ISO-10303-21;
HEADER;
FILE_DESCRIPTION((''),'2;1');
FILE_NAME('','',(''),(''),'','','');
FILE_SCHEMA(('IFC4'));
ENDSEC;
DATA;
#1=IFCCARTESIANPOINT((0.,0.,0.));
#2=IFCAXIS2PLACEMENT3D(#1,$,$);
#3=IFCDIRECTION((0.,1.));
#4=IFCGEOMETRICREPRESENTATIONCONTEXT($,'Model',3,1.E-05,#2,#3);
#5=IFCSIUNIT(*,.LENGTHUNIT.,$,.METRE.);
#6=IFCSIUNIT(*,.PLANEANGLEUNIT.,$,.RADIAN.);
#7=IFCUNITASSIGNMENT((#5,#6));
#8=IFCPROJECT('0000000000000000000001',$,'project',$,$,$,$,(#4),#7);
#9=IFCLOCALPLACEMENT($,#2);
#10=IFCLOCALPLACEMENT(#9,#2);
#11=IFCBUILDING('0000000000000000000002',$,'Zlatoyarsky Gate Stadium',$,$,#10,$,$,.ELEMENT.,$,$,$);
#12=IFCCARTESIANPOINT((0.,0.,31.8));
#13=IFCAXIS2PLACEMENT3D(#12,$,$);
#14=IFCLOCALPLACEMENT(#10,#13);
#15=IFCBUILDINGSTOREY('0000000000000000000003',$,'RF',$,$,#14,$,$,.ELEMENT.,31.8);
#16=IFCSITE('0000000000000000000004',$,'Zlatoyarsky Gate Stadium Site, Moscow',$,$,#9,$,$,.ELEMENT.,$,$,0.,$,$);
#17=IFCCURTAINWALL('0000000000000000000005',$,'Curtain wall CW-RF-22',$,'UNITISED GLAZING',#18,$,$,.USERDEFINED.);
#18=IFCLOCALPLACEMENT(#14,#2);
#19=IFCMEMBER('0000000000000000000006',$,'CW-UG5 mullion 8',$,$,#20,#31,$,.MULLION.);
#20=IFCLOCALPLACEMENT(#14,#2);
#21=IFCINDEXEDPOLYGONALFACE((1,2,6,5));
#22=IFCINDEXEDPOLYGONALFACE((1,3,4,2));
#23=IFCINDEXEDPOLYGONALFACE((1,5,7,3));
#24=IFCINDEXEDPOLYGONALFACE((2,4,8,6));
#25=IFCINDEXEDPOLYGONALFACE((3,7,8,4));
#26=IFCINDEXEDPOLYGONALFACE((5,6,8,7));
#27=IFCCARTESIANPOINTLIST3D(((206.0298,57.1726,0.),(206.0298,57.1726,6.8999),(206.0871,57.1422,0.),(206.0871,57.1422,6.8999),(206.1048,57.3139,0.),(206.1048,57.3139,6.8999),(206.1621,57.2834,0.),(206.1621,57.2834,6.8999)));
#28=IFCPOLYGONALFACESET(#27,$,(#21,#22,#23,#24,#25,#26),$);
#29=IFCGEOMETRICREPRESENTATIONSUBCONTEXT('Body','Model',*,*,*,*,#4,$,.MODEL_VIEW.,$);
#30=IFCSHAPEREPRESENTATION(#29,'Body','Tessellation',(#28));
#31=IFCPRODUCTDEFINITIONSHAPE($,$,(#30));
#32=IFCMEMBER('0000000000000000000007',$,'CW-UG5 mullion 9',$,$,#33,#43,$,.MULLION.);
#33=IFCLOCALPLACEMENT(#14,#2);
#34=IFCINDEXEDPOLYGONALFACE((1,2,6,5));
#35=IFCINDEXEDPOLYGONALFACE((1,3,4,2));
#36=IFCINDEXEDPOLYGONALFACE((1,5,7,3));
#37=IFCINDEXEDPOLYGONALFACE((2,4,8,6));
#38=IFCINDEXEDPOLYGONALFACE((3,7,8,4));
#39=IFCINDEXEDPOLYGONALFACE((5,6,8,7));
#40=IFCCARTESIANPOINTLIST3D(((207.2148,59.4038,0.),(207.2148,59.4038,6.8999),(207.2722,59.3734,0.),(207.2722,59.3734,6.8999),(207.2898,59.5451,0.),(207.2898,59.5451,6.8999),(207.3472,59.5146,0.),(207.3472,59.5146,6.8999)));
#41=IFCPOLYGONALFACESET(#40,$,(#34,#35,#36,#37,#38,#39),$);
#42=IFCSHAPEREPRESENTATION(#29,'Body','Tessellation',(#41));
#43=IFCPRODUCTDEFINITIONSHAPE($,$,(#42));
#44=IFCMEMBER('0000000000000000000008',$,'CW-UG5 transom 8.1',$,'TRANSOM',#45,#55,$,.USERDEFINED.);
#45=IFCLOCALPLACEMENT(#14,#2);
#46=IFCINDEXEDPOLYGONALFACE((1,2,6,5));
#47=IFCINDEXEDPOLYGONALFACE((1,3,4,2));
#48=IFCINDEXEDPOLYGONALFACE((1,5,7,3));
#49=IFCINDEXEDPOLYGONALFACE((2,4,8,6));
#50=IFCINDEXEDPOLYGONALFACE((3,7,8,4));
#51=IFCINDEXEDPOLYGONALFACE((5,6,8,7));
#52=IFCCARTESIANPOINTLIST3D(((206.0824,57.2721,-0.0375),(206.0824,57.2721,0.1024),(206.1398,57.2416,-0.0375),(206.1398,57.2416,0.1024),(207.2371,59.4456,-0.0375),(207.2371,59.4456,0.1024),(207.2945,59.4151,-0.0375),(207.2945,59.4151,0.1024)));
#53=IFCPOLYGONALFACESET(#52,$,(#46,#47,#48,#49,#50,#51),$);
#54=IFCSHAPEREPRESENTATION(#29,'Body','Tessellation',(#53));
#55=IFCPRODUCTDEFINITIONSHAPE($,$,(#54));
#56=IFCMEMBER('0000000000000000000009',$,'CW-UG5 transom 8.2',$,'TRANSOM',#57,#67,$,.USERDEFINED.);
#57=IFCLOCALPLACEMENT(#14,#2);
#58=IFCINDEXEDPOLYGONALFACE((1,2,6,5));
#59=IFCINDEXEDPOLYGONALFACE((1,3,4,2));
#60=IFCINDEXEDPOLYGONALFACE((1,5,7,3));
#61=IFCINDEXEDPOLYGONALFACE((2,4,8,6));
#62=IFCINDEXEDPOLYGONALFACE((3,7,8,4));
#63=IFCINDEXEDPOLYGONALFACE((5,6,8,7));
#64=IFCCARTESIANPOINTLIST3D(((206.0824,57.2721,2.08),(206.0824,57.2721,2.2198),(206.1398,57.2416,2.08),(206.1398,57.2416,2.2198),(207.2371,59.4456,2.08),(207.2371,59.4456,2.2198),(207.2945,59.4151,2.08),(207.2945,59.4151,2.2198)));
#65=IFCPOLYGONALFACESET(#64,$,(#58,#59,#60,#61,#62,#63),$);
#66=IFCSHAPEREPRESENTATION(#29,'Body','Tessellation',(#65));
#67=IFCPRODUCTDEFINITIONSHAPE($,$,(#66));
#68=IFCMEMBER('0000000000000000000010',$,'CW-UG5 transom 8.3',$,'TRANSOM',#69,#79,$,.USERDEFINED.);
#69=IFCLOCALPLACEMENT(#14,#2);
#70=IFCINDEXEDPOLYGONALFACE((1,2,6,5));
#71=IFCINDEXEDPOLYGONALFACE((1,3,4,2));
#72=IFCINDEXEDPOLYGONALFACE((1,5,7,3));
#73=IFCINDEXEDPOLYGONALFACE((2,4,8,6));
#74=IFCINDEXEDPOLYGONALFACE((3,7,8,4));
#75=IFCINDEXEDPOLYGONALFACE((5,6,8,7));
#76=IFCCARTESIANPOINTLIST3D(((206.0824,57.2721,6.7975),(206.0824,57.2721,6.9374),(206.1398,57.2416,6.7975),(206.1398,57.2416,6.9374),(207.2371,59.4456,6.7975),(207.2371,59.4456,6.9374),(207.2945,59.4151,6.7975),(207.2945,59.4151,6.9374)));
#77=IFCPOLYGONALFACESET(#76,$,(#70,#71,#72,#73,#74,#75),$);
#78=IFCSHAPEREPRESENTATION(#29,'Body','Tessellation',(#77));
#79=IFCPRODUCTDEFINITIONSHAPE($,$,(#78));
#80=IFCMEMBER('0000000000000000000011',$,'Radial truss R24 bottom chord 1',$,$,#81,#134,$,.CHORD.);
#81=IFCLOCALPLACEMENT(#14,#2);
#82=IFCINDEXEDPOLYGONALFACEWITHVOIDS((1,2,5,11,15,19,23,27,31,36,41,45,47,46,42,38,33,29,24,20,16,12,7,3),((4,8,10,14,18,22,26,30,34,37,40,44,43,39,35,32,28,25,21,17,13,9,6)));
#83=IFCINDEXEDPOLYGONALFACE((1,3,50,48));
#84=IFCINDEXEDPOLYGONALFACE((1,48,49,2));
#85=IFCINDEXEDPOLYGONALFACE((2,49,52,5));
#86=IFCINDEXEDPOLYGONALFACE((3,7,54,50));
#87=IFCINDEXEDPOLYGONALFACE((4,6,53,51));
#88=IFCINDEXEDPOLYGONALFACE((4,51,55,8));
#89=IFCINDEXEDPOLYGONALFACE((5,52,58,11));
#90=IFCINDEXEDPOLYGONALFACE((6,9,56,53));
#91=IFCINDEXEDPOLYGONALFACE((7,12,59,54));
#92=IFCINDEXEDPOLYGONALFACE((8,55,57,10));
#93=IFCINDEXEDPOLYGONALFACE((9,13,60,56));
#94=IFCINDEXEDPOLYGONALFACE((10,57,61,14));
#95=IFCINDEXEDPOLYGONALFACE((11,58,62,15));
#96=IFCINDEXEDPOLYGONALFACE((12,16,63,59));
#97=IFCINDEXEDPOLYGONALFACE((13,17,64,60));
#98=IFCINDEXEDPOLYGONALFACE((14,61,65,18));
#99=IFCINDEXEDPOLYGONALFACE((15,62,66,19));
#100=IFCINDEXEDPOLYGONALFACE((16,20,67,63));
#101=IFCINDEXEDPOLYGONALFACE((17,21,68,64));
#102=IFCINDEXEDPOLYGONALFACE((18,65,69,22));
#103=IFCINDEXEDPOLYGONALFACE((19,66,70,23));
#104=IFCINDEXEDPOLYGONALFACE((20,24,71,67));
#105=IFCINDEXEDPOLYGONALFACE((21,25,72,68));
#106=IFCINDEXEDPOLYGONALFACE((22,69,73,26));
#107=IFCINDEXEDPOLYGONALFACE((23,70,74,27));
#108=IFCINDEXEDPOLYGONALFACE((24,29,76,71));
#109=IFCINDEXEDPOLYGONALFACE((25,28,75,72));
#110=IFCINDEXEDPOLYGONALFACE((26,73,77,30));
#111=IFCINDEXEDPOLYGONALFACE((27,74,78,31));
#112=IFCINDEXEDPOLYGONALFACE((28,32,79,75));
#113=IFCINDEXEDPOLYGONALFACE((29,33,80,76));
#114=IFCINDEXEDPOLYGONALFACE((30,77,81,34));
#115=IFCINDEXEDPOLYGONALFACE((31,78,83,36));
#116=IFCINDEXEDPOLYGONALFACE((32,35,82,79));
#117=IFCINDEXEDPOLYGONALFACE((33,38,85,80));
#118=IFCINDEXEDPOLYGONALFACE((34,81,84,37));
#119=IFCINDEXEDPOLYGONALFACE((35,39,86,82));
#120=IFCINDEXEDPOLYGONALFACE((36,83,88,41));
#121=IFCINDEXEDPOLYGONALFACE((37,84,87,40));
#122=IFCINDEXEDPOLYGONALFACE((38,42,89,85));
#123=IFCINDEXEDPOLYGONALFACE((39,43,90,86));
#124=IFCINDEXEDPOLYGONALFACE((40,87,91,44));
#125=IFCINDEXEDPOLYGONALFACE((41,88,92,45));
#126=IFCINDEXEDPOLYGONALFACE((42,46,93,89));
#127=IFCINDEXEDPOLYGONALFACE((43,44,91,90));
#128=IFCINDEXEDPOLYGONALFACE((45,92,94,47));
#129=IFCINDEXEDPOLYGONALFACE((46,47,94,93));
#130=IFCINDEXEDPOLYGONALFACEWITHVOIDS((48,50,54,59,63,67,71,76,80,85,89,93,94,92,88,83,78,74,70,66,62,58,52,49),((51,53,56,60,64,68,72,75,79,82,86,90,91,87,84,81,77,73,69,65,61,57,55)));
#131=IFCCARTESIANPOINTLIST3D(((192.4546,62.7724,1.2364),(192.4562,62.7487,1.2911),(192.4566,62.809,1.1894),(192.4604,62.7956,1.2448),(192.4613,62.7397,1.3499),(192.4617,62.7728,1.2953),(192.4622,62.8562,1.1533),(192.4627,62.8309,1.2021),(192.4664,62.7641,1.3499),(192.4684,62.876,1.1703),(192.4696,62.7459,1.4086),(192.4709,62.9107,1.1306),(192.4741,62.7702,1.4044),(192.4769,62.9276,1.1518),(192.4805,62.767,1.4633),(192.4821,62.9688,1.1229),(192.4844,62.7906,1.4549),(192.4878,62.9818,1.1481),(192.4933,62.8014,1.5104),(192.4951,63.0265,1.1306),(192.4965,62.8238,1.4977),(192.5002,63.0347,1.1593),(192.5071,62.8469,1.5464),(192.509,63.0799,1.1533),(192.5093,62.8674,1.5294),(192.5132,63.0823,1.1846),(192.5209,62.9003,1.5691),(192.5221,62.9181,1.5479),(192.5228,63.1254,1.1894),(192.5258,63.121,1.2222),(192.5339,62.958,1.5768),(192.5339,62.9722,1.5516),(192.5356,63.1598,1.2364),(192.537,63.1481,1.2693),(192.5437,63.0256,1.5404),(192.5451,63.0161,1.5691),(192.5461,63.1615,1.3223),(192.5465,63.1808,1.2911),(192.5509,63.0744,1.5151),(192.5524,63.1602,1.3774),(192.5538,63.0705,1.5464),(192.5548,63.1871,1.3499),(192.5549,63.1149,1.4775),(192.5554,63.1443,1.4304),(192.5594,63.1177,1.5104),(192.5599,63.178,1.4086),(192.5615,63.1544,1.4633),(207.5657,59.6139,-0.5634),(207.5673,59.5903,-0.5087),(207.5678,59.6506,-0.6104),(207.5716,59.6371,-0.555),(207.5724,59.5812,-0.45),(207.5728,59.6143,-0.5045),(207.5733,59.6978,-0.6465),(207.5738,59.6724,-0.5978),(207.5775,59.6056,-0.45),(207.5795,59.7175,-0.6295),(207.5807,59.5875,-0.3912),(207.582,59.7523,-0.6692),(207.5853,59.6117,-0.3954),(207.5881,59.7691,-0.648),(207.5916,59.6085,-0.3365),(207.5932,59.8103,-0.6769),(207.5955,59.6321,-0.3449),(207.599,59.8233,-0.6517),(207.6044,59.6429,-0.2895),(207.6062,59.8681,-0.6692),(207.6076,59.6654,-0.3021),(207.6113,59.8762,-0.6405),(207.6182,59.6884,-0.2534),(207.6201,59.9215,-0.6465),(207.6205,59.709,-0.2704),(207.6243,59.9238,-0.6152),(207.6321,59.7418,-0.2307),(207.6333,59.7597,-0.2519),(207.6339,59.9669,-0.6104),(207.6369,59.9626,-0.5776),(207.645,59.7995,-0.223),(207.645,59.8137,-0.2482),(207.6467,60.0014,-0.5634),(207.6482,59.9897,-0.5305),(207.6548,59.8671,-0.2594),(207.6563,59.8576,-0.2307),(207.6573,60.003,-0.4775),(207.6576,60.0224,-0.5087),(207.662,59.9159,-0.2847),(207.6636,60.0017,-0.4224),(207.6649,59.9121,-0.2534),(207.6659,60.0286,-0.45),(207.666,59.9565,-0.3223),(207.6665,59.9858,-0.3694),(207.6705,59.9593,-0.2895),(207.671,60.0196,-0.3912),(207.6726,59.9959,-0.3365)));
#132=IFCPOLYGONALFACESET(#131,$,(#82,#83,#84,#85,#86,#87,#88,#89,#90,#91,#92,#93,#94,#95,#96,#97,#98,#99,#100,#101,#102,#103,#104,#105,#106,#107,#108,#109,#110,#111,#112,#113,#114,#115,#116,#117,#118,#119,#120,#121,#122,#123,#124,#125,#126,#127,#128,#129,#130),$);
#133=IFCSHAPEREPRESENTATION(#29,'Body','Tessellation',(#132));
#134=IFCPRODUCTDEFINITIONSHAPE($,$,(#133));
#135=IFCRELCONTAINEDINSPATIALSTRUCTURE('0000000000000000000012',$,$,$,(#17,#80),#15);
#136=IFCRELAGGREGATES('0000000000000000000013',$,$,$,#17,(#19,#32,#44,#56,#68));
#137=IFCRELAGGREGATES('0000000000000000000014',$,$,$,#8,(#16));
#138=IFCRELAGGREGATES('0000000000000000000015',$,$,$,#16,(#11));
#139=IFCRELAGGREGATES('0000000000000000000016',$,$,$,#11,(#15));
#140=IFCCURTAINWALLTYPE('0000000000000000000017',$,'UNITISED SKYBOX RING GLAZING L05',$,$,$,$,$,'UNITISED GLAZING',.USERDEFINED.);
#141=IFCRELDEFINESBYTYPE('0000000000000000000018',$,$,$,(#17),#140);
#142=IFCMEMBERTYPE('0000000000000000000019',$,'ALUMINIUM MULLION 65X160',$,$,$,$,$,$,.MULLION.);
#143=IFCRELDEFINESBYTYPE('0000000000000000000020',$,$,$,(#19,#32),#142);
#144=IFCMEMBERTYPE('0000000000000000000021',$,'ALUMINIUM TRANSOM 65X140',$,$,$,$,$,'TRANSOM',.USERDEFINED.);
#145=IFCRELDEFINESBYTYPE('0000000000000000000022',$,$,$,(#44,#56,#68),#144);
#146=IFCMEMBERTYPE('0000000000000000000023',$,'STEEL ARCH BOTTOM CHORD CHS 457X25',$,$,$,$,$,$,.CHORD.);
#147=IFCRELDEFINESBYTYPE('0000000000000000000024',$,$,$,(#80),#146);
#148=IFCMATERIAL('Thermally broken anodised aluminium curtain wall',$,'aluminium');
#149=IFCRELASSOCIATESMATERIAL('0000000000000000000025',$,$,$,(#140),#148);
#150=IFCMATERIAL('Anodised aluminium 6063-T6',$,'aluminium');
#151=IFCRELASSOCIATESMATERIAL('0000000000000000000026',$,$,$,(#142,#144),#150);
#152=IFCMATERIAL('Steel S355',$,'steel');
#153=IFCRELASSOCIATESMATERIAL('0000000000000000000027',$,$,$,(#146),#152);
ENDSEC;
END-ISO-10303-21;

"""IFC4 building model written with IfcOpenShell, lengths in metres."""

from ifc_helpers import new_model, si_unit, direction, frame, origin, origin_2d, place, context, subcontext, project, spatial, rectangle, hollow_circle, extrude, material, material_profile, profile_set, type_object, element, aggregate, save


model = new_model("IFC4")

# Units and contexts
model_context = context("Model", 3, precision=1e-05, world=origin(), true_north=direction((0.0, 1.0)))
body_context = subcontext(model_context, "Body", "Model", "MODEL_VIEW")
ifc_project = project(units=[si_unit("LENGTHUNIT", "METRE"), si_unit("PLANEANGLEUNIT", "RADIAN")], contexts=[model_context])

# Site, building, storey
site_placement = place(None, origin())
site = spatial("IfcSite", under=ifc_project, at=site_placement, Name="Zlatoyarsky Gate Stadium Site, Moscow", CompositionType="ELEMENT", RefElevation=0.0)
building_placement = place(site_placement, origin())
building = spatial("IfcBuilding", under=site, at=building_placement, Name="Zlatoyarsky Gate Stadium", CompositionType="ELEMENT")
storey_placement = place(building_placement, frame((0.0, 0.0, 31.8)))
storey = spatial("IfcBuildingStorey", under=building, at=storey_placement, Name="RF", CompositionType="ELEMENT", Elevation=31.8)

# Curtain wall, members
ifc_material_1 = material(Name="Thermally broken anodised aluminium curtain wall", Category="aluminium")
curtain_wall_type = type_object("IfcCurtainWallType", Name="UNITISED SKYBOX RING GLAZING L05", ElementType="UNITISED GLAZING", PredefinedType="USERDEFINED", material=ifc_material_1)
curtain_wall_placement = place(storey_placement, origin())
curtain_wall = element("IfcCurtainWall", 1, at=curtain_wall_placement, inside=storey, type_object=curtain_wall_type, Name="Curtain wall CW-RF-22", ObjectType="UNITISED GLAZING", PredefinedType="USERDEFINED")
ifc_material_2 = material(Name="Anodised aluminium 6063-T6", Category="aluminium")
ifc_material_profile_1 = material_profile(ifc_material_2, rectangle(XDim=0.0649, YDim=0.1599, at=origin_2d()), Name="ALU 65X160")
ifc_profile_set_1 = profile_set([ifc_material_profile_1], Name="Anodised aluminium 6063-T6")
member_type_1 = type_object("IfcMemberType", Name="ALUMINIUM MULLION 65X160", PredefinedType="MULLION", material=ifc_profile_set_1)
member_1_placement = place(storey_placement, frame((206.0959, 57.228, 0.0), z_axis=(0.0, 0.0, 1.0), x_axis=(-0.883131, 0.469127, 0.0)))
member_1 = element("IfcMember", 2, at=member_1_placement, type_object=member_type_1, Name="CW-UG5 mullion 8", PredefinedType="MULLION", context=body_context, shape_type="SweptSolid", body=[
    extrude(rectangle(XDim=0.0649, YDim=0.1599, at=origin_2d()), origin(), (0.0, 0.0, 1.0), 6.8999),
])
member_2_placement = place(storey_placement, frame((207.281, 59.4592, 0.0), z_axis=(0.0, 0.0, 1.0), x_axis=(-0.883131, 0.469127, 0.0)))
member_2 = element("IfcMember", 3, at=member_2_placement, type_object=member_type_1, Name="CW-UG5 mullion 9", PredefinedType="MULLION", context=body_context, shape_type="SweptSolid", body=[
    extrude(rectangle(XDim=0.0649, YDim=0.1599, at=origin_2d()), origin(), (0.0, 0.0, 1.0), 6.8999),
])
ifc_material_profile_2 = material_profile(ifc_material_2, rectangle(XDim=0.0649, YDim=0.1399, at=origin_2d()), Name="ALU 65X140")
ifc_profile_set_2 = profile_set([ifc_material_profile_2], Name="Anodised aluminium 6063-T6")
member_type_2 = type_object("IfcMemberType", Name="ALUMINIUM TRANSOM 65X140", ElementType="TRANSOM", PredefinedType="USERDEFINED", material=ifc_profile_set_2)
member_3_placement = place(storey_placement, frame((206.1111, 57.2568, 0.0325), z_axis=(0.469177, 0.883104, 0.0), x_axis=(-0.883104, 0.469177, 0.0)))
member_3 = element("IfcMember", 4, at=member_3_placement, type_object=member_type_2, Name="CW-UG5 transom 8.1", ObjectType="TRANSOM", PredefinedType="USERDEFINED", context=body_context, shape_type="SweptSolid", body=[
    extrude(rectangle(XDim=0.0649, YDim=0.1399, at=origin_2d()), origin(), (0.0, 0.0, 1.0), 2.4612),
])
member_4_placement = place(storey_placement, frame((206.1111, 57.2568, 2.1499), z_axis=(0.469177, 0.883104, 0.0), x_axis=(-0.883104, 0.469177, 0.0)))
member_4 = element("IfcMember", 5, at=member_4_placement, type_object=member_type_2, Name="CW-UG5 transom 8.2", ObjectType="TRANSOM", PredefinedType="USERDEFINED", context=body_context, shape_type="SweptSolid", body=[
    extrude(rectangle(XDim=0.0649, YDim=0.1399, at=origin_2d()), origin(), (0.0, 0.0, 1.0), 2.4612),
])
member_5_placement = place(storey_placement, frame((206.1111, 57.2568, 6.8674), z_axis=(0.469177, 0.883104, 0.0), x_axis=(-0.883104, 0.469177, 0.0)))
member_5 = element("IfcMember", 6, at=member_5_placement, type_object=member_type_2, Name="CW-UG5 transom 8.3", ObjectType="TRANSOM", PredefinedType="USERDEFINED", context=body_context, shape_type="SweptSolid", body=[
    extrude(rectangle(XDim=0.0649, YDim=0.1399, at=origin_2d()), origin(), (0.0, 0.0, 1.0), 2.4612),
])

# Member
ifc_material_3 = material(Name="Steel S355", Category="steel")
ifc_material_profile_3 = material_profile(ifc_material_3, hollow_circle(Radius=0.2285, WallThickness=0.0249, at=origin_2d()), Name="CHS 457X25")
ifc_profile_set_3 = profile_set([ifc_material_profile_3], Name="Steel S355")
member_type_3 = type_object("IfcMemberType", Name="STEEL ARCH BOTTOM CHORD CHS 457X25", PredefinedType="CHORD", material=ifc_profile_set_3)
member_6_placement = place(storey_placement, frame((207.6191, 59.8049, -0.45), z_axis=(-0.972262, 0.203218, 0.115801), x_axis=(-0.204594, -0.978847, 0.0)))
element("IfcMember", 7, at=member_6_placement, inside=storey, type_object=member_type_3, Name="Radial truss R24 bottom chord 1", PredefinedType="CHORD", context=body_context, shape_type="SweptSolid", body=[
    extrude(hollow_circle(Radius=0.2285, WallThickness=0.0249, at=origin_2d()), origin(), (0.0, 0.0, 1.0), 15.5422),
])

aggregate(curtain_wall, [member_1, member_2, member_3, member_4, member_5])

save(model, "model.ifc")
